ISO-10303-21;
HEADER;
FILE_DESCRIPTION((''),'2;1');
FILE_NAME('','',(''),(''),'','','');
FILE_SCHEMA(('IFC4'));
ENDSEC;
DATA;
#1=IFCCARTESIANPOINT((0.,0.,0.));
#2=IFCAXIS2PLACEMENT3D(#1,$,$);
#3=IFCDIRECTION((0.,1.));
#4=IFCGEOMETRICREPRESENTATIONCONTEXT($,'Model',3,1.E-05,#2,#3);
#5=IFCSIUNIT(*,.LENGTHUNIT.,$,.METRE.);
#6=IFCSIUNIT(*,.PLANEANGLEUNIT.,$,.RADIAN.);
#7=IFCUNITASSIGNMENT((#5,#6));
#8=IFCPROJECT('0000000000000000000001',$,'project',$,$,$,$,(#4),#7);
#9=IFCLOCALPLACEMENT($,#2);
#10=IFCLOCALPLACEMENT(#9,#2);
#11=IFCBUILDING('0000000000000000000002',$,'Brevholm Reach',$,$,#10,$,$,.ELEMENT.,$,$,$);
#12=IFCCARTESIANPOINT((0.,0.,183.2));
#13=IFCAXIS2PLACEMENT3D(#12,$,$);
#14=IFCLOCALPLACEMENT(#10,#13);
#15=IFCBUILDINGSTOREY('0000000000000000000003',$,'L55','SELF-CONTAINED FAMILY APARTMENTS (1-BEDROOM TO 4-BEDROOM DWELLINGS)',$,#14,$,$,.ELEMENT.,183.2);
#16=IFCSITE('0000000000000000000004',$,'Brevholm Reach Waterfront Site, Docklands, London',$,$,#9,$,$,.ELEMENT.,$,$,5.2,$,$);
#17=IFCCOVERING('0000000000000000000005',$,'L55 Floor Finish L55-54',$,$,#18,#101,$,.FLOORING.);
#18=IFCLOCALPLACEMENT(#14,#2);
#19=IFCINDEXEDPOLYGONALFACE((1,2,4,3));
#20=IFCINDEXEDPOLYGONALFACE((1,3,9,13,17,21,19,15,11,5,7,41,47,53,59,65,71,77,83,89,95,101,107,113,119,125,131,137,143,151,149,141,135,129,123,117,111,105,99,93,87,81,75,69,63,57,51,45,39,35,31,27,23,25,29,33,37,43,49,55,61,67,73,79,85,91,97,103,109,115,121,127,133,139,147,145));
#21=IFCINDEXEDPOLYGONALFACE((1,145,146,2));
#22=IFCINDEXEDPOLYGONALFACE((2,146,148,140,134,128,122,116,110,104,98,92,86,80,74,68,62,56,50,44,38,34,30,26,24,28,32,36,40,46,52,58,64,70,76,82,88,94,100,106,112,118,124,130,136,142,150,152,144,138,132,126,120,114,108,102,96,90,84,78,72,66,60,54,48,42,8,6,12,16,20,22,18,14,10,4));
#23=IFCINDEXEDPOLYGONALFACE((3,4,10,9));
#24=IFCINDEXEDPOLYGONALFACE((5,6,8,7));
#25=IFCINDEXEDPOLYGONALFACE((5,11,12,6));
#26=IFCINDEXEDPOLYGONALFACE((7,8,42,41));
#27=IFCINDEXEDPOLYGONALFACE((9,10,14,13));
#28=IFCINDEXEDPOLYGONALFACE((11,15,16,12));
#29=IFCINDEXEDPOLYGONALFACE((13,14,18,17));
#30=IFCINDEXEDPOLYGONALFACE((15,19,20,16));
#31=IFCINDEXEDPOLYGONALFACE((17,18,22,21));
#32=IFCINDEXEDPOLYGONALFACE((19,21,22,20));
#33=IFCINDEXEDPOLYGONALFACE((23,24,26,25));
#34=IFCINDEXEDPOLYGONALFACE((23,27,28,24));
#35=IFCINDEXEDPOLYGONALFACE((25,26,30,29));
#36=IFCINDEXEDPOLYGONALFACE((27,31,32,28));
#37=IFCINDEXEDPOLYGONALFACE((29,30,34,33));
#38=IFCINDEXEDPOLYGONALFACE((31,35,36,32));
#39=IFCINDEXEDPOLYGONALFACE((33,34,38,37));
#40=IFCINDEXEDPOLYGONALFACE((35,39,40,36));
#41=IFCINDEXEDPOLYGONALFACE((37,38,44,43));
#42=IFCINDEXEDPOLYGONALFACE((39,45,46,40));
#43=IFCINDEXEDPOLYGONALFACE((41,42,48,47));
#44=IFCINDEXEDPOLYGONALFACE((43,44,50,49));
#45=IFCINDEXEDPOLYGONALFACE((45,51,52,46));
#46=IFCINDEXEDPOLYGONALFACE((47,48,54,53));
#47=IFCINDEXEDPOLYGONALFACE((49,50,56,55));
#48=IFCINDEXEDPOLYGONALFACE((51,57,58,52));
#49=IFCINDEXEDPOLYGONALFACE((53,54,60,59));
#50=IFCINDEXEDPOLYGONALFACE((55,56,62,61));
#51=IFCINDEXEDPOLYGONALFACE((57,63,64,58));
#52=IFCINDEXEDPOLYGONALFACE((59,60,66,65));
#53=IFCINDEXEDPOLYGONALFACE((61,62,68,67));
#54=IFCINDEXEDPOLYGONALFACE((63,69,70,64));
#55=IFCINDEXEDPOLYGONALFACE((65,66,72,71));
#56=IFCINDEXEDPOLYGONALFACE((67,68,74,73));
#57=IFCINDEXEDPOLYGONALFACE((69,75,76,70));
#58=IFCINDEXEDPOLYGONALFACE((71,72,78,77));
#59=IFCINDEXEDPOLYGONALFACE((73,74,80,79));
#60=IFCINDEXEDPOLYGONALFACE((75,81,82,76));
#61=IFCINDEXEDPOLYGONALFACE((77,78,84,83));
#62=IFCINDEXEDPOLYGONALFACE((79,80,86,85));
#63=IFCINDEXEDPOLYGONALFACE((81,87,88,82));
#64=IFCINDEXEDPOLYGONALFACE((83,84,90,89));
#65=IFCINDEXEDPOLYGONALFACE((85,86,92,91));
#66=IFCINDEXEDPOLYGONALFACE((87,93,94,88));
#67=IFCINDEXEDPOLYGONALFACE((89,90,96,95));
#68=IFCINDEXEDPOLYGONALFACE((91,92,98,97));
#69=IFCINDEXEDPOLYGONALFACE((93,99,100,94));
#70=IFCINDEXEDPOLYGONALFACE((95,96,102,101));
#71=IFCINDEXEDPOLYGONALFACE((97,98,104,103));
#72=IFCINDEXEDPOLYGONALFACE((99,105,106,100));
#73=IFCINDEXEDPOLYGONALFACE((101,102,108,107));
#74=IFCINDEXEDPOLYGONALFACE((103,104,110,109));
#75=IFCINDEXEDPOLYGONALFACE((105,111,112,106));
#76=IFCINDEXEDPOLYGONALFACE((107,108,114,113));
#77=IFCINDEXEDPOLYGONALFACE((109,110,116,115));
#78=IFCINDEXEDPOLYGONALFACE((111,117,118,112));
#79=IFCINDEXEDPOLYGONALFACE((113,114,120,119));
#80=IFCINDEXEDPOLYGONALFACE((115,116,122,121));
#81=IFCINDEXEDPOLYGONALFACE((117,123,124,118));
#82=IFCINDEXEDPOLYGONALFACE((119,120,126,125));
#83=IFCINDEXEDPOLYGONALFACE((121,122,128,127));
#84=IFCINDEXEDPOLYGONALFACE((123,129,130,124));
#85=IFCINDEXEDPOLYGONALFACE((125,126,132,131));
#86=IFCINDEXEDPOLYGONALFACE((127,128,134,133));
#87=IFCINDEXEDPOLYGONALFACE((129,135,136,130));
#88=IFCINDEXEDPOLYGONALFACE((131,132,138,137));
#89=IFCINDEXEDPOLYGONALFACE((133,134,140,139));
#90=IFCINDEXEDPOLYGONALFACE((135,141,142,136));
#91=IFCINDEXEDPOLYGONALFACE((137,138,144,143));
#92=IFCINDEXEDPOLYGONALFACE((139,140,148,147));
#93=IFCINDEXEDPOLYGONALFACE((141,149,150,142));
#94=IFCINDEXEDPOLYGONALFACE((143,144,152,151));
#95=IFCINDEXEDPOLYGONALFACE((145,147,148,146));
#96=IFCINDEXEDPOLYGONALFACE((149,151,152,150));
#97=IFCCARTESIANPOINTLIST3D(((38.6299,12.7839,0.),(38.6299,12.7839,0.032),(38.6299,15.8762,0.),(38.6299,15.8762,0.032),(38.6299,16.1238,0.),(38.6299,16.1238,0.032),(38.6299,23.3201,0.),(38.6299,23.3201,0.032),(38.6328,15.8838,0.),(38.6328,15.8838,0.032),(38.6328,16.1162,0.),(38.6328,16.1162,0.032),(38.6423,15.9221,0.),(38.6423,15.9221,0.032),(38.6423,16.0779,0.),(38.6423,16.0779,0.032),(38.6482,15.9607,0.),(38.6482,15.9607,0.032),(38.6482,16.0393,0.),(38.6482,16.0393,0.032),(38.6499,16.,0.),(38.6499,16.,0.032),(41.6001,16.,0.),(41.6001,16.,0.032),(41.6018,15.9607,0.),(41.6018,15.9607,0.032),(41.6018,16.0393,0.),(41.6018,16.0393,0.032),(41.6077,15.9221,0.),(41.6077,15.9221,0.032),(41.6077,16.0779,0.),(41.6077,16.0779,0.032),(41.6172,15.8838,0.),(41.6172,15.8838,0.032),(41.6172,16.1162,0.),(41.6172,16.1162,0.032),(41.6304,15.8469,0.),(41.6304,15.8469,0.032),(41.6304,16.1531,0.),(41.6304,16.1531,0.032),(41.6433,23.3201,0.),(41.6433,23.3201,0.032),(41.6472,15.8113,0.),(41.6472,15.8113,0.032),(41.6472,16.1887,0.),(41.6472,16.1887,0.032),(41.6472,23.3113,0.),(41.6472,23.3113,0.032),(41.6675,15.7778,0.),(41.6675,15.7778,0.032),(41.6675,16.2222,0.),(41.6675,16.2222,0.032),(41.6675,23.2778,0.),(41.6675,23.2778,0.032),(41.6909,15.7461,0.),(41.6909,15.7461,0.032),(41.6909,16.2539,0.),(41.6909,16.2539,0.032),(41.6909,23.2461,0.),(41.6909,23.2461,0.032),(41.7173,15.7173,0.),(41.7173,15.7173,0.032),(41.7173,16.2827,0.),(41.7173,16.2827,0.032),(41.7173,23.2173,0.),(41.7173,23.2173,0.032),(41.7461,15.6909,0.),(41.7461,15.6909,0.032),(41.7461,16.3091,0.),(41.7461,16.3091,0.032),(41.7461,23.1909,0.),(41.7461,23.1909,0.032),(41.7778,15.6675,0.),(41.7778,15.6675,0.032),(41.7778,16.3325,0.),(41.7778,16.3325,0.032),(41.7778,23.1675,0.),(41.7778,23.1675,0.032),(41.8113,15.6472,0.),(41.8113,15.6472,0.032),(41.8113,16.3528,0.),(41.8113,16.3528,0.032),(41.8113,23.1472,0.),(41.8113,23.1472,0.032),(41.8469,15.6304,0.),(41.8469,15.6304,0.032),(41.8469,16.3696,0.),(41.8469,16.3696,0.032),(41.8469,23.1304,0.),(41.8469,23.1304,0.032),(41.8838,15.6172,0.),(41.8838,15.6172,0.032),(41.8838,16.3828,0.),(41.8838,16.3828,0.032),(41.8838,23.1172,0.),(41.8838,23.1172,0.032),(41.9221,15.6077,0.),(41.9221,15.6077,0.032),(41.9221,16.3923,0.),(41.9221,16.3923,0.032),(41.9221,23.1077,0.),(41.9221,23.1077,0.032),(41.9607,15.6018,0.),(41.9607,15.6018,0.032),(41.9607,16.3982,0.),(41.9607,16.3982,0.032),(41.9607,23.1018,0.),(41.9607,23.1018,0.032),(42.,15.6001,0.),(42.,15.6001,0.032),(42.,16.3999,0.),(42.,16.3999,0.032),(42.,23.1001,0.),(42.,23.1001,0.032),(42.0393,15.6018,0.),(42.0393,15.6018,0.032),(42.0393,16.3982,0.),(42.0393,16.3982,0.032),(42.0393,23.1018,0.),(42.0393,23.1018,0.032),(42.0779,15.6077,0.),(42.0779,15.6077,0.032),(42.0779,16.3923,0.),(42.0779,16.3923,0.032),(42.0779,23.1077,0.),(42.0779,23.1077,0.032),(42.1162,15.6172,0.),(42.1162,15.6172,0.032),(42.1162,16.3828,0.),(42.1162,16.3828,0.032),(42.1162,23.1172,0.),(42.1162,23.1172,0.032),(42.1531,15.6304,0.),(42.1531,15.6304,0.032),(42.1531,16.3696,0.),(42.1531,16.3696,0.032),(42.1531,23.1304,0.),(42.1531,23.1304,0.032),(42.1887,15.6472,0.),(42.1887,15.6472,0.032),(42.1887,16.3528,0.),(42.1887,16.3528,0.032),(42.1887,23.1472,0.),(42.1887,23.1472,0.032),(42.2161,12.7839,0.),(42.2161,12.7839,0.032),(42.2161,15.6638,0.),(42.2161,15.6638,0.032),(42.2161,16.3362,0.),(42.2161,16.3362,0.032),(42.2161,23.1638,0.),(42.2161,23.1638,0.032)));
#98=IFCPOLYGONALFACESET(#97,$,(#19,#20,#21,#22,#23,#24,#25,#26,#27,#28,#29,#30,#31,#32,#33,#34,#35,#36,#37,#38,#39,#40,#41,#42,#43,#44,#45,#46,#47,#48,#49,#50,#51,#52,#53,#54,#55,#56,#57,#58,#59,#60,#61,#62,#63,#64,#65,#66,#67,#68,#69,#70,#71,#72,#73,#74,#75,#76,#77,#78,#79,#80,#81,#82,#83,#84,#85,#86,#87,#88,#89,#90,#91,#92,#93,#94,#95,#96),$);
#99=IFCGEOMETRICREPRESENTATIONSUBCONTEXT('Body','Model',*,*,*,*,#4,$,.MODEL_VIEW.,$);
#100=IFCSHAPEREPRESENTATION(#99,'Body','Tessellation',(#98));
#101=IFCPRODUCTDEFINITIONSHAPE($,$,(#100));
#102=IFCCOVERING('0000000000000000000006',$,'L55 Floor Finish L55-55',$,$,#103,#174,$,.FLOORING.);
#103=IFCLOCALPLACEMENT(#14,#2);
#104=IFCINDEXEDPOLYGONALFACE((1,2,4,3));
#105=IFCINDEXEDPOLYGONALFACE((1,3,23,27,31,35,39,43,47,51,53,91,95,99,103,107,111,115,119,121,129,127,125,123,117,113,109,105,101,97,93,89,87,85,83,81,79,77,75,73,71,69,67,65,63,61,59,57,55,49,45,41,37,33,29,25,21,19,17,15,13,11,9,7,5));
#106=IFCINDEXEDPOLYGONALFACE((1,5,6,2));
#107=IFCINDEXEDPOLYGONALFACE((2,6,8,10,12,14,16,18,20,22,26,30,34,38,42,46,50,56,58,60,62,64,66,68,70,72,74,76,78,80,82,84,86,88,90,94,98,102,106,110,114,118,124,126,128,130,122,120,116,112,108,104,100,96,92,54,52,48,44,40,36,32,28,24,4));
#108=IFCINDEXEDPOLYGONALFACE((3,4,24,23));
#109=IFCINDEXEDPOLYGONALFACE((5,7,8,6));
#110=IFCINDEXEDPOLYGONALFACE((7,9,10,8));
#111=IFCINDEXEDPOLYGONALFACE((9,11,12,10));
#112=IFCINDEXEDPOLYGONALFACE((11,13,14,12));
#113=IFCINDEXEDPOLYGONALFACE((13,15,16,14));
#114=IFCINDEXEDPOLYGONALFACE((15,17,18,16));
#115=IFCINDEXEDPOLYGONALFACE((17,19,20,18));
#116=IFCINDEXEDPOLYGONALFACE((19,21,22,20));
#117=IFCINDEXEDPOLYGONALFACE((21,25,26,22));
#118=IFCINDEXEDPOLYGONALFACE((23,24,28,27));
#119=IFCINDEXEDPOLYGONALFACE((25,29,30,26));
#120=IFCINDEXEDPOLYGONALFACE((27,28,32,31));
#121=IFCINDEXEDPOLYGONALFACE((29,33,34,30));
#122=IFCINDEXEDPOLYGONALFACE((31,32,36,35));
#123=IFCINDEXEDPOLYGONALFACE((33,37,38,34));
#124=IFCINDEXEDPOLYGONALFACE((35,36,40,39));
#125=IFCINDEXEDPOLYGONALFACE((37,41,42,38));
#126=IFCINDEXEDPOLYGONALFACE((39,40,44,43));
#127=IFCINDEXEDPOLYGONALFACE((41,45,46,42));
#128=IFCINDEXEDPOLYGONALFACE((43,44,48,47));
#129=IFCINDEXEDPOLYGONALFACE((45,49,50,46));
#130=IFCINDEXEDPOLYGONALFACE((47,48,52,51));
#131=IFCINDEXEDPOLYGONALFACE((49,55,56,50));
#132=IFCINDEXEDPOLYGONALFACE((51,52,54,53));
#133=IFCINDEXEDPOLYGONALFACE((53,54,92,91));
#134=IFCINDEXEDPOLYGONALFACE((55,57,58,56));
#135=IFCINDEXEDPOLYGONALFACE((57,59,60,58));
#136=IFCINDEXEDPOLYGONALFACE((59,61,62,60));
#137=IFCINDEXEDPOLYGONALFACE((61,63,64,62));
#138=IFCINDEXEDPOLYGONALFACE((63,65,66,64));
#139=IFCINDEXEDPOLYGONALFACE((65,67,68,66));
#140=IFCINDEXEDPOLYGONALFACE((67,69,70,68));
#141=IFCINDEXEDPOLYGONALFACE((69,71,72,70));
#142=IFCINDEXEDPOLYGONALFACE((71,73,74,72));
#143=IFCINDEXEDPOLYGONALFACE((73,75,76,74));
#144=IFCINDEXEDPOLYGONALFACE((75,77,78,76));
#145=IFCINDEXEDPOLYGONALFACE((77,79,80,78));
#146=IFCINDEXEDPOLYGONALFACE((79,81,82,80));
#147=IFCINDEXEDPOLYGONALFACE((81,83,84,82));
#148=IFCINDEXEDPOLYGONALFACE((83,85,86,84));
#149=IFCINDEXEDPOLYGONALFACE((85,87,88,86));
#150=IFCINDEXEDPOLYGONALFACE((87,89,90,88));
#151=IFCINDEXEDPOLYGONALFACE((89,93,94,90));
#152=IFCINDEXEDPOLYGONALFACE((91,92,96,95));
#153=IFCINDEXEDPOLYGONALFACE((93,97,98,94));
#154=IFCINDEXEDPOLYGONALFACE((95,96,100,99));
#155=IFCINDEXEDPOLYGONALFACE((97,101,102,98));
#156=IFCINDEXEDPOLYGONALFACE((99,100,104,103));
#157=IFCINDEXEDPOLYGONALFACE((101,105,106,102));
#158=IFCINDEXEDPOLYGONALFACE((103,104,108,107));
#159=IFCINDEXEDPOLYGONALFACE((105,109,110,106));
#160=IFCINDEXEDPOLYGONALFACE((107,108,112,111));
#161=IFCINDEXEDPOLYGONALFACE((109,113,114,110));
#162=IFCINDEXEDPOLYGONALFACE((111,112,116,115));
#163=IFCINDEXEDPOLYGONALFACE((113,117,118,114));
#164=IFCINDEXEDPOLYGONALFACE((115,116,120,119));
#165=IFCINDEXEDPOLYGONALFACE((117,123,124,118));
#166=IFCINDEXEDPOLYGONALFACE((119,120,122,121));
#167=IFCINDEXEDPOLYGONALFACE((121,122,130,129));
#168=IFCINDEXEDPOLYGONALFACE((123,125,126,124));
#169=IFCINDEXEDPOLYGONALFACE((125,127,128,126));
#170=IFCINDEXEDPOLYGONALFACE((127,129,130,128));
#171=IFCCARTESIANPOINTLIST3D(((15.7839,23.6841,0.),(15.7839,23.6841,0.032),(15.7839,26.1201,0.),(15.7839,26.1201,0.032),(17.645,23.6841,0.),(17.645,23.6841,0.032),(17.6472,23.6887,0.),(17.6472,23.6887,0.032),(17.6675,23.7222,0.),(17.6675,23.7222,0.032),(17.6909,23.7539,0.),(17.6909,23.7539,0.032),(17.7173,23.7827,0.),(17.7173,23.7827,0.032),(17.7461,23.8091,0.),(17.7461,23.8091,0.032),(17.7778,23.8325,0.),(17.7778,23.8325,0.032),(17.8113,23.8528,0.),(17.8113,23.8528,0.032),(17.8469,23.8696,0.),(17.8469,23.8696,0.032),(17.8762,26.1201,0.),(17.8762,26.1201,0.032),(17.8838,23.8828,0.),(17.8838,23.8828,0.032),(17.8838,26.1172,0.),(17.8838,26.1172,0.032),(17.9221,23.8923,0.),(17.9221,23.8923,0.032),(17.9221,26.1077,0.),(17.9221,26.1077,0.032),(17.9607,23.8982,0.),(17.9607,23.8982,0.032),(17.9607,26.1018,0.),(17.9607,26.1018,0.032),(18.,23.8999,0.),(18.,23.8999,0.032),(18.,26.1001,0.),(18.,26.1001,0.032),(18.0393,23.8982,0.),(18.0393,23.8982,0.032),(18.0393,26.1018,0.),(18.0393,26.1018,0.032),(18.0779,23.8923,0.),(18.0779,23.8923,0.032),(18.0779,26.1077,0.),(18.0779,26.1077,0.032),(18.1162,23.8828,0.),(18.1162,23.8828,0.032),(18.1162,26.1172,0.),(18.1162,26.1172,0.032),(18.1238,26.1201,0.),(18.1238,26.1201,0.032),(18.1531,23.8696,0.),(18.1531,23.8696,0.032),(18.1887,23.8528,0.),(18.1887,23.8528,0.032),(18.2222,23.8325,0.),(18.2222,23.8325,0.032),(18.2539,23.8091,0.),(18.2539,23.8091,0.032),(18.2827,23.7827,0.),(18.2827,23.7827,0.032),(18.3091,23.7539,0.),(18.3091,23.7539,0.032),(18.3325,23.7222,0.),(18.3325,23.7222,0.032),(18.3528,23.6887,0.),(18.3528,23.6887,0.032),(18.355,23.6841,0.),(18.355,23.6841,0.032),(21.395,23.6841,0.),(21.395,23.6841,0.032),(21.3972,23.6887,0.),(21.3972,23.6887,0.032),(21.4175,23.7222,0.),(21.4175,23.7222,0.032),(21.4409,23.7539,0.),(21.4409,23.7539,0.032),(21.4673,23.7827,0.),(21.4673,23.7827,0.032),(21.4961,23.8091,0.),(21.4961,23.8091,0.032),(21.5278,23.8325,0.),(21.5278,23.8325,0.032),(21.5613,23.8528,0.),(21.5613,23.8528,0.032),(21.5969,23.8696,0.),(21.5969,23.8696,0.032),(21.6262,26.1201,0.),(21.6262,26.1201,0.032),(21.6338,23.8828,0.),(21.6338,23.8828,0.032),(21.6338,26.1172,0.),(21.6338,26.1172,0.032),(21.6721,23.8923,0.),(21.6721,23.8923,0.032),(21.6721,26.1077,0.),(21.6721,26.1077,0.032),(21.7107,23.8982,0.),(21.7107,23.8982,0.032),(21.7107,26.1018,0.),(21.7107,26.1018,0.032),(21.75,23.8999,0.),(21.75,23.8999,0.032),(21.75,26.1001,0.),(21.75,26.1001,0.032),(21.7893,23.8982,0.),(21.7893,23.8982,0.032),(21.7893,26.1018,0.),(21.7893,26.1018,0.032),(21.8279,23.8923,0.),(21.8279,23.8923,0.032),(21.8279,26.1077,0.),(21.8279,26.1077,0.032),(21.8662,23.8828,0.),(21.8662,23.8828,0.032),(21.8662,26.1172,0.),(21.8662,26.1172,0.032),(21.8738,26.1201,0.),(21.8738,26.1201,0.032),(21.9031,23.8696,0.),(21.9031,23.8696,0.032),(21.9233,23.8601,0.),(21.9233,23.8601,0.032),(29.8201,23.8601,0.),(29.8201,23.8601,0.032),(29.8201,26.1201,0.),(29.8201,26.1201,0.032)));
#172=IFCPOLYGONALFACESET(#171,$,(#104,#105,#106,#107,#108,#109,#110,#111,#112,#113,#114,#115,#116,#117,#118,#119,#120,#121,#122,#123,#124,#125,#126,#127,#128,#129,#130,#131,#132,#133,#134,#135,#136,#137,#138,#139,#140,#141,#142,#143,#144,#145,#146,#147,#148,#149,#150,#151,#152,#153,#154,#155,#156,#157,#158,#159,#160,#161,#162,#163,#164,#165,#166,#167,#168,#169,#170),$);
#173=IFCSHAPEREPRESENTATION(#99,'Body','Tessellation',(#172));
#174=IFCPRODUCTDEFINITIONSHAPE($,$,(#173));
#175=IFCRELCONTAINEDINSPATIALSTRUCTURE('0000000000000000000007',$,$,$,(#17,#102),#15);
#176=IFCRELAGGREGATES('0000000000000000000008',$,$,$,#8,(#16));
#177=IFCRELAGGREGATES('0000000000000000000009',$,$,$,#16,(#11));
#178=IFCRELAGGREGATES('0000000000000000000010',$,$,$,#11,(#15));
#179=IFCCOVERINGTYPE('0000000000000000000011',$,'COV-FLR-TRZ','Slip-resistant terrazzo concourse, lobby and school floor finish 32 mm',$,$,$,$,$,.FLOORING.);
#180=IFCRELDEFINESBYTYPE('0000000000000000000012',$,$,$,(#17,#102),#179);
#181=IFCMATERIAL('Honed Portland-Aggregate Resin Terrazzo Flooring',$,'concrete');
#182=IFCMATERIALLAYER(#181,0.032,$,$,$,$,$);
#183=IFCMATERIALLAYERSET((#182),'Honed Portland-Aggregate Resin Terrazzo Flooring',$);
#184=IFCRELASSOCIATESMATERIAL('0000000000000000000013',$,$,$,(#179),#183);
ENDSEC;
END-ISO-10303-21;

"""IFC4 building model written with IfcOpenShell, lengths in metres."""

from ifc_helpers import new_model, si_unit, direction, frame, origin, place, context, subcontext, project, spatial, polyline, outline, extrude, material, layer, layer_set, type_object, element, save


model = new_model("IFC4")

# Units and contexts
model_context = context("Model", 3, precision=1e-05, world=origin(), true_north=direction((0.0, 1.0)))
body_context = subcontext(model_context, "Body", "Model", "MODEL_VIEW")
ifc_project = project(units=[si_unit("LENGTHUNIT", "METRE"), si_unit("PLANEANGLEUNIT", "RADIAN")], contexts=[model_context])

# Site, building, storey
site_placement = place(None, origin())
site = spatial("IfcSite", under=ifc_project, at=site_placement, Name="Brevholm Reach Waterfront Site, Docklands, London", CompositionType="ELEMENT", RefElevation=5.2)
building_placement = place(site_placement, origin())
building = spatial("IfcBuilding", under=site, at=building_placement, Name="Brevholm Reach", CompositionType="ELEMENT")
storey_placement = place(building_placement, frame((0.0, 0.0, 183.2)))
storey = spatial("IfcBuildingStorey", under=building, at=storey_placement, Name="L55", Description="SELF-CONTAINED FAMILY APARTMENTS (1-BEDROOM TO 4-BEDROOM DWELLINGS)", CompositionType="ELEMENT", Elevation=183.2)

# Coverings
ifc_material_1 = material(Name="Honed Portland-Aggregate Resin Terrazzo Flooring", Category="concrete")
ifc_layer_1 = layer(ifc_material_1, 0.032)
ifc_layer_set_1 = layer_set([ifc_layer_1], Name="Honed Portland-Aggregate Resin Terrazzo Flooring")
covering_type_1 = type_object("IfcCoveringType", Name="COV-FLR-TRZ", Description="Slip-resistant terrazzo concourse, lobby and school floor finish 32 mm", PredefinedType="FLOORING", material=ifc_layer_set_1)
covering_1_placement = place(storey_placement, origin())
element("IfcCovering", 1, at=covering_1_placement, inside=storey, type_object=covering_type_1, Name="L55 Floor Finish L55-54", PredefinedType="FLOORING", context=body_context, shape_type="SweptSolid", body=[
    extrude(outline(polyline([(38.6299, 15.8762), (38.6328, 15.8838), (38.6423, 15.9221), (38.6482, 15.9607), (38.6499, 16.0), (38.6482, 16.0393), (38.6423, 16.0779), (38.6328, 16.1162), (38.6299, 16.1238), (38.6299, 23.3201), (41.6433, 23.3201), (41.6472, 23.3113), (41.6675, 23.2778), (41.6909, 23.2461), (41.7173, 23.2173), (41.7461, 23.1909), (41.7778, 23.1675), (41.8113, 23.1472), (41.8469, 23.1304), (41.8838, 23.1172), (41.9221, 23.1077), (41.9607, 23.1018), (42.0, 23.1001), (42.0393, 23.1018), (42.0779, 23.1077), (42.1162, 23.1172), (42.1531, 23.1304), (42.1887, 23.1472), (42.2161, 23.1638), (42.2161, 16.3362), (42.1887, 16.3528), (42.1531, 16.3696), (42.1162, 16.3828), (42.0779, 16.3923), (42.0393, 16.3982), (42.0, 16.3999), (41.9607, 16.3982), (41.9221, 16.3923), (41.8838, 16.3828), (41.8469, 16.3696), (41.8113, 16.3528), (41.7778, 16.3325), (41.7461, 16.3091), (41.7173, 16.2827), (41.6909, 16.2539), (41.6675, 16.2222), (41.6472, 16.1887), (41.6304, 16.1531), (41.6172, 16.1162), (41.6077, 16.0779), (41.6018, 16.0393), (41.6001, 16.0), (41.6018, 15.9607), (41.6077, 15.9221), (41.6172, 15.8838), (41.6304, 15.8469), (41.6472, 15.8113), (41.6675, 15.7778), (41.6909, 15.7461), (41.7173, 15.7173), (41.7461, 15.6909), (41.7778, 15.6675), (41.8113, 15.6472), (41.8469, 15.6304), (41.8838, 15.6172), (41.9221, 15.6077), (41.9607, 15.6018), (42.0, 15.6001), (42.0393, 15.6018), (42.0779, 15.6077), (42.1162, 15.6172), (42.1531, 15.6304), (42.1887, 15.6472), (42.2161, 15.6638), (42.2161, 12.7839), (38.6299, 12.7839), (38.6299, 15.8762)])), origin(), (0.0, 0.0, 1.0), 0.032),
])
covering_2_placement = place(storey_placement, origin())
element("IfcCovering", 2, at=covering_2_placement, inside=storey, type_object=covering_type_1, Name="L55 Floor Finish L55-55", PredefinedType="FLOORING", context=body_context, shape_type="SweptSolid", body=[
    extrude(outline(polyline([(17.8762, 26.1201), (17.8838, 26.1172), (17.9221, 26.1077), (17.9607, 26.1018), (18.0, 26.1001), (18.0393, 26.1018), (18.0779, 26.1077), (18.1162, 26.1172), (18.1238, 26.1201), (21.6262, 26.1201), (21.6338, 26.1172), (21.6721, 26.1077), (21.7107, 26.1018), (21.75, 26.1001), (21.7893, 26.1018), (21.8279, 26.1077), (21.8662, 26.1172), (21.8738, 26.1201), (29.8201, 26.1201), (29.8201, 23.8601), (21.9233, 23.8601), (21.9031, 23.8696), (21.8662, 23.8828), (21.8279, 23.8923), (21.7893, 23.8982), (21.75, 23.8999), (21.7107, 23.8982), (21.6721, 23.8923), (21.6338, 23.8828), (21.5969, 23.8696), (21.5613, 23.8528), (21.5278, 23.8325), (21.4961, 23.8091), (21.4673, 23.7827), (21.4409, 23.7539), (21.4175, 23.7222), (21.3972, 23.6887), (21.395, 23.6841), (18.355, 23.6841), (18.3528, 23.6887), (18.3325, 23.7222), (18.3091, 23.7539), (18.2827, 23.7827), (18.2539, 23.8091), (18.2222, 23.8325), (18.1887, 23.8528), (18.1531, 23.8696), (18.1162, 23.8828), (18.0779, 23.8923), (18.0393, 23.8982), (18.0, 23.8999), (17.9607, 23.8982), (17.9221, 23.8923), (17.8838, 23.8828), (17.8469, 23.8696), (17.8113, 23.8528), (17.7778, 23.8325), (17.7461, 23.8091), (17.7173, 23.7827), (17.6909, 23.7539), (17.6675, 23.7222), (17.6472, 23.6887), (17.645, 23.6841), (15.7839, 23.6841), (15.7839, 26.1201), (17.8762, 26.1201)])), origin(), (0.0, 0.0, 1.0), 0.032),
])

save(model, "model.ifc")
